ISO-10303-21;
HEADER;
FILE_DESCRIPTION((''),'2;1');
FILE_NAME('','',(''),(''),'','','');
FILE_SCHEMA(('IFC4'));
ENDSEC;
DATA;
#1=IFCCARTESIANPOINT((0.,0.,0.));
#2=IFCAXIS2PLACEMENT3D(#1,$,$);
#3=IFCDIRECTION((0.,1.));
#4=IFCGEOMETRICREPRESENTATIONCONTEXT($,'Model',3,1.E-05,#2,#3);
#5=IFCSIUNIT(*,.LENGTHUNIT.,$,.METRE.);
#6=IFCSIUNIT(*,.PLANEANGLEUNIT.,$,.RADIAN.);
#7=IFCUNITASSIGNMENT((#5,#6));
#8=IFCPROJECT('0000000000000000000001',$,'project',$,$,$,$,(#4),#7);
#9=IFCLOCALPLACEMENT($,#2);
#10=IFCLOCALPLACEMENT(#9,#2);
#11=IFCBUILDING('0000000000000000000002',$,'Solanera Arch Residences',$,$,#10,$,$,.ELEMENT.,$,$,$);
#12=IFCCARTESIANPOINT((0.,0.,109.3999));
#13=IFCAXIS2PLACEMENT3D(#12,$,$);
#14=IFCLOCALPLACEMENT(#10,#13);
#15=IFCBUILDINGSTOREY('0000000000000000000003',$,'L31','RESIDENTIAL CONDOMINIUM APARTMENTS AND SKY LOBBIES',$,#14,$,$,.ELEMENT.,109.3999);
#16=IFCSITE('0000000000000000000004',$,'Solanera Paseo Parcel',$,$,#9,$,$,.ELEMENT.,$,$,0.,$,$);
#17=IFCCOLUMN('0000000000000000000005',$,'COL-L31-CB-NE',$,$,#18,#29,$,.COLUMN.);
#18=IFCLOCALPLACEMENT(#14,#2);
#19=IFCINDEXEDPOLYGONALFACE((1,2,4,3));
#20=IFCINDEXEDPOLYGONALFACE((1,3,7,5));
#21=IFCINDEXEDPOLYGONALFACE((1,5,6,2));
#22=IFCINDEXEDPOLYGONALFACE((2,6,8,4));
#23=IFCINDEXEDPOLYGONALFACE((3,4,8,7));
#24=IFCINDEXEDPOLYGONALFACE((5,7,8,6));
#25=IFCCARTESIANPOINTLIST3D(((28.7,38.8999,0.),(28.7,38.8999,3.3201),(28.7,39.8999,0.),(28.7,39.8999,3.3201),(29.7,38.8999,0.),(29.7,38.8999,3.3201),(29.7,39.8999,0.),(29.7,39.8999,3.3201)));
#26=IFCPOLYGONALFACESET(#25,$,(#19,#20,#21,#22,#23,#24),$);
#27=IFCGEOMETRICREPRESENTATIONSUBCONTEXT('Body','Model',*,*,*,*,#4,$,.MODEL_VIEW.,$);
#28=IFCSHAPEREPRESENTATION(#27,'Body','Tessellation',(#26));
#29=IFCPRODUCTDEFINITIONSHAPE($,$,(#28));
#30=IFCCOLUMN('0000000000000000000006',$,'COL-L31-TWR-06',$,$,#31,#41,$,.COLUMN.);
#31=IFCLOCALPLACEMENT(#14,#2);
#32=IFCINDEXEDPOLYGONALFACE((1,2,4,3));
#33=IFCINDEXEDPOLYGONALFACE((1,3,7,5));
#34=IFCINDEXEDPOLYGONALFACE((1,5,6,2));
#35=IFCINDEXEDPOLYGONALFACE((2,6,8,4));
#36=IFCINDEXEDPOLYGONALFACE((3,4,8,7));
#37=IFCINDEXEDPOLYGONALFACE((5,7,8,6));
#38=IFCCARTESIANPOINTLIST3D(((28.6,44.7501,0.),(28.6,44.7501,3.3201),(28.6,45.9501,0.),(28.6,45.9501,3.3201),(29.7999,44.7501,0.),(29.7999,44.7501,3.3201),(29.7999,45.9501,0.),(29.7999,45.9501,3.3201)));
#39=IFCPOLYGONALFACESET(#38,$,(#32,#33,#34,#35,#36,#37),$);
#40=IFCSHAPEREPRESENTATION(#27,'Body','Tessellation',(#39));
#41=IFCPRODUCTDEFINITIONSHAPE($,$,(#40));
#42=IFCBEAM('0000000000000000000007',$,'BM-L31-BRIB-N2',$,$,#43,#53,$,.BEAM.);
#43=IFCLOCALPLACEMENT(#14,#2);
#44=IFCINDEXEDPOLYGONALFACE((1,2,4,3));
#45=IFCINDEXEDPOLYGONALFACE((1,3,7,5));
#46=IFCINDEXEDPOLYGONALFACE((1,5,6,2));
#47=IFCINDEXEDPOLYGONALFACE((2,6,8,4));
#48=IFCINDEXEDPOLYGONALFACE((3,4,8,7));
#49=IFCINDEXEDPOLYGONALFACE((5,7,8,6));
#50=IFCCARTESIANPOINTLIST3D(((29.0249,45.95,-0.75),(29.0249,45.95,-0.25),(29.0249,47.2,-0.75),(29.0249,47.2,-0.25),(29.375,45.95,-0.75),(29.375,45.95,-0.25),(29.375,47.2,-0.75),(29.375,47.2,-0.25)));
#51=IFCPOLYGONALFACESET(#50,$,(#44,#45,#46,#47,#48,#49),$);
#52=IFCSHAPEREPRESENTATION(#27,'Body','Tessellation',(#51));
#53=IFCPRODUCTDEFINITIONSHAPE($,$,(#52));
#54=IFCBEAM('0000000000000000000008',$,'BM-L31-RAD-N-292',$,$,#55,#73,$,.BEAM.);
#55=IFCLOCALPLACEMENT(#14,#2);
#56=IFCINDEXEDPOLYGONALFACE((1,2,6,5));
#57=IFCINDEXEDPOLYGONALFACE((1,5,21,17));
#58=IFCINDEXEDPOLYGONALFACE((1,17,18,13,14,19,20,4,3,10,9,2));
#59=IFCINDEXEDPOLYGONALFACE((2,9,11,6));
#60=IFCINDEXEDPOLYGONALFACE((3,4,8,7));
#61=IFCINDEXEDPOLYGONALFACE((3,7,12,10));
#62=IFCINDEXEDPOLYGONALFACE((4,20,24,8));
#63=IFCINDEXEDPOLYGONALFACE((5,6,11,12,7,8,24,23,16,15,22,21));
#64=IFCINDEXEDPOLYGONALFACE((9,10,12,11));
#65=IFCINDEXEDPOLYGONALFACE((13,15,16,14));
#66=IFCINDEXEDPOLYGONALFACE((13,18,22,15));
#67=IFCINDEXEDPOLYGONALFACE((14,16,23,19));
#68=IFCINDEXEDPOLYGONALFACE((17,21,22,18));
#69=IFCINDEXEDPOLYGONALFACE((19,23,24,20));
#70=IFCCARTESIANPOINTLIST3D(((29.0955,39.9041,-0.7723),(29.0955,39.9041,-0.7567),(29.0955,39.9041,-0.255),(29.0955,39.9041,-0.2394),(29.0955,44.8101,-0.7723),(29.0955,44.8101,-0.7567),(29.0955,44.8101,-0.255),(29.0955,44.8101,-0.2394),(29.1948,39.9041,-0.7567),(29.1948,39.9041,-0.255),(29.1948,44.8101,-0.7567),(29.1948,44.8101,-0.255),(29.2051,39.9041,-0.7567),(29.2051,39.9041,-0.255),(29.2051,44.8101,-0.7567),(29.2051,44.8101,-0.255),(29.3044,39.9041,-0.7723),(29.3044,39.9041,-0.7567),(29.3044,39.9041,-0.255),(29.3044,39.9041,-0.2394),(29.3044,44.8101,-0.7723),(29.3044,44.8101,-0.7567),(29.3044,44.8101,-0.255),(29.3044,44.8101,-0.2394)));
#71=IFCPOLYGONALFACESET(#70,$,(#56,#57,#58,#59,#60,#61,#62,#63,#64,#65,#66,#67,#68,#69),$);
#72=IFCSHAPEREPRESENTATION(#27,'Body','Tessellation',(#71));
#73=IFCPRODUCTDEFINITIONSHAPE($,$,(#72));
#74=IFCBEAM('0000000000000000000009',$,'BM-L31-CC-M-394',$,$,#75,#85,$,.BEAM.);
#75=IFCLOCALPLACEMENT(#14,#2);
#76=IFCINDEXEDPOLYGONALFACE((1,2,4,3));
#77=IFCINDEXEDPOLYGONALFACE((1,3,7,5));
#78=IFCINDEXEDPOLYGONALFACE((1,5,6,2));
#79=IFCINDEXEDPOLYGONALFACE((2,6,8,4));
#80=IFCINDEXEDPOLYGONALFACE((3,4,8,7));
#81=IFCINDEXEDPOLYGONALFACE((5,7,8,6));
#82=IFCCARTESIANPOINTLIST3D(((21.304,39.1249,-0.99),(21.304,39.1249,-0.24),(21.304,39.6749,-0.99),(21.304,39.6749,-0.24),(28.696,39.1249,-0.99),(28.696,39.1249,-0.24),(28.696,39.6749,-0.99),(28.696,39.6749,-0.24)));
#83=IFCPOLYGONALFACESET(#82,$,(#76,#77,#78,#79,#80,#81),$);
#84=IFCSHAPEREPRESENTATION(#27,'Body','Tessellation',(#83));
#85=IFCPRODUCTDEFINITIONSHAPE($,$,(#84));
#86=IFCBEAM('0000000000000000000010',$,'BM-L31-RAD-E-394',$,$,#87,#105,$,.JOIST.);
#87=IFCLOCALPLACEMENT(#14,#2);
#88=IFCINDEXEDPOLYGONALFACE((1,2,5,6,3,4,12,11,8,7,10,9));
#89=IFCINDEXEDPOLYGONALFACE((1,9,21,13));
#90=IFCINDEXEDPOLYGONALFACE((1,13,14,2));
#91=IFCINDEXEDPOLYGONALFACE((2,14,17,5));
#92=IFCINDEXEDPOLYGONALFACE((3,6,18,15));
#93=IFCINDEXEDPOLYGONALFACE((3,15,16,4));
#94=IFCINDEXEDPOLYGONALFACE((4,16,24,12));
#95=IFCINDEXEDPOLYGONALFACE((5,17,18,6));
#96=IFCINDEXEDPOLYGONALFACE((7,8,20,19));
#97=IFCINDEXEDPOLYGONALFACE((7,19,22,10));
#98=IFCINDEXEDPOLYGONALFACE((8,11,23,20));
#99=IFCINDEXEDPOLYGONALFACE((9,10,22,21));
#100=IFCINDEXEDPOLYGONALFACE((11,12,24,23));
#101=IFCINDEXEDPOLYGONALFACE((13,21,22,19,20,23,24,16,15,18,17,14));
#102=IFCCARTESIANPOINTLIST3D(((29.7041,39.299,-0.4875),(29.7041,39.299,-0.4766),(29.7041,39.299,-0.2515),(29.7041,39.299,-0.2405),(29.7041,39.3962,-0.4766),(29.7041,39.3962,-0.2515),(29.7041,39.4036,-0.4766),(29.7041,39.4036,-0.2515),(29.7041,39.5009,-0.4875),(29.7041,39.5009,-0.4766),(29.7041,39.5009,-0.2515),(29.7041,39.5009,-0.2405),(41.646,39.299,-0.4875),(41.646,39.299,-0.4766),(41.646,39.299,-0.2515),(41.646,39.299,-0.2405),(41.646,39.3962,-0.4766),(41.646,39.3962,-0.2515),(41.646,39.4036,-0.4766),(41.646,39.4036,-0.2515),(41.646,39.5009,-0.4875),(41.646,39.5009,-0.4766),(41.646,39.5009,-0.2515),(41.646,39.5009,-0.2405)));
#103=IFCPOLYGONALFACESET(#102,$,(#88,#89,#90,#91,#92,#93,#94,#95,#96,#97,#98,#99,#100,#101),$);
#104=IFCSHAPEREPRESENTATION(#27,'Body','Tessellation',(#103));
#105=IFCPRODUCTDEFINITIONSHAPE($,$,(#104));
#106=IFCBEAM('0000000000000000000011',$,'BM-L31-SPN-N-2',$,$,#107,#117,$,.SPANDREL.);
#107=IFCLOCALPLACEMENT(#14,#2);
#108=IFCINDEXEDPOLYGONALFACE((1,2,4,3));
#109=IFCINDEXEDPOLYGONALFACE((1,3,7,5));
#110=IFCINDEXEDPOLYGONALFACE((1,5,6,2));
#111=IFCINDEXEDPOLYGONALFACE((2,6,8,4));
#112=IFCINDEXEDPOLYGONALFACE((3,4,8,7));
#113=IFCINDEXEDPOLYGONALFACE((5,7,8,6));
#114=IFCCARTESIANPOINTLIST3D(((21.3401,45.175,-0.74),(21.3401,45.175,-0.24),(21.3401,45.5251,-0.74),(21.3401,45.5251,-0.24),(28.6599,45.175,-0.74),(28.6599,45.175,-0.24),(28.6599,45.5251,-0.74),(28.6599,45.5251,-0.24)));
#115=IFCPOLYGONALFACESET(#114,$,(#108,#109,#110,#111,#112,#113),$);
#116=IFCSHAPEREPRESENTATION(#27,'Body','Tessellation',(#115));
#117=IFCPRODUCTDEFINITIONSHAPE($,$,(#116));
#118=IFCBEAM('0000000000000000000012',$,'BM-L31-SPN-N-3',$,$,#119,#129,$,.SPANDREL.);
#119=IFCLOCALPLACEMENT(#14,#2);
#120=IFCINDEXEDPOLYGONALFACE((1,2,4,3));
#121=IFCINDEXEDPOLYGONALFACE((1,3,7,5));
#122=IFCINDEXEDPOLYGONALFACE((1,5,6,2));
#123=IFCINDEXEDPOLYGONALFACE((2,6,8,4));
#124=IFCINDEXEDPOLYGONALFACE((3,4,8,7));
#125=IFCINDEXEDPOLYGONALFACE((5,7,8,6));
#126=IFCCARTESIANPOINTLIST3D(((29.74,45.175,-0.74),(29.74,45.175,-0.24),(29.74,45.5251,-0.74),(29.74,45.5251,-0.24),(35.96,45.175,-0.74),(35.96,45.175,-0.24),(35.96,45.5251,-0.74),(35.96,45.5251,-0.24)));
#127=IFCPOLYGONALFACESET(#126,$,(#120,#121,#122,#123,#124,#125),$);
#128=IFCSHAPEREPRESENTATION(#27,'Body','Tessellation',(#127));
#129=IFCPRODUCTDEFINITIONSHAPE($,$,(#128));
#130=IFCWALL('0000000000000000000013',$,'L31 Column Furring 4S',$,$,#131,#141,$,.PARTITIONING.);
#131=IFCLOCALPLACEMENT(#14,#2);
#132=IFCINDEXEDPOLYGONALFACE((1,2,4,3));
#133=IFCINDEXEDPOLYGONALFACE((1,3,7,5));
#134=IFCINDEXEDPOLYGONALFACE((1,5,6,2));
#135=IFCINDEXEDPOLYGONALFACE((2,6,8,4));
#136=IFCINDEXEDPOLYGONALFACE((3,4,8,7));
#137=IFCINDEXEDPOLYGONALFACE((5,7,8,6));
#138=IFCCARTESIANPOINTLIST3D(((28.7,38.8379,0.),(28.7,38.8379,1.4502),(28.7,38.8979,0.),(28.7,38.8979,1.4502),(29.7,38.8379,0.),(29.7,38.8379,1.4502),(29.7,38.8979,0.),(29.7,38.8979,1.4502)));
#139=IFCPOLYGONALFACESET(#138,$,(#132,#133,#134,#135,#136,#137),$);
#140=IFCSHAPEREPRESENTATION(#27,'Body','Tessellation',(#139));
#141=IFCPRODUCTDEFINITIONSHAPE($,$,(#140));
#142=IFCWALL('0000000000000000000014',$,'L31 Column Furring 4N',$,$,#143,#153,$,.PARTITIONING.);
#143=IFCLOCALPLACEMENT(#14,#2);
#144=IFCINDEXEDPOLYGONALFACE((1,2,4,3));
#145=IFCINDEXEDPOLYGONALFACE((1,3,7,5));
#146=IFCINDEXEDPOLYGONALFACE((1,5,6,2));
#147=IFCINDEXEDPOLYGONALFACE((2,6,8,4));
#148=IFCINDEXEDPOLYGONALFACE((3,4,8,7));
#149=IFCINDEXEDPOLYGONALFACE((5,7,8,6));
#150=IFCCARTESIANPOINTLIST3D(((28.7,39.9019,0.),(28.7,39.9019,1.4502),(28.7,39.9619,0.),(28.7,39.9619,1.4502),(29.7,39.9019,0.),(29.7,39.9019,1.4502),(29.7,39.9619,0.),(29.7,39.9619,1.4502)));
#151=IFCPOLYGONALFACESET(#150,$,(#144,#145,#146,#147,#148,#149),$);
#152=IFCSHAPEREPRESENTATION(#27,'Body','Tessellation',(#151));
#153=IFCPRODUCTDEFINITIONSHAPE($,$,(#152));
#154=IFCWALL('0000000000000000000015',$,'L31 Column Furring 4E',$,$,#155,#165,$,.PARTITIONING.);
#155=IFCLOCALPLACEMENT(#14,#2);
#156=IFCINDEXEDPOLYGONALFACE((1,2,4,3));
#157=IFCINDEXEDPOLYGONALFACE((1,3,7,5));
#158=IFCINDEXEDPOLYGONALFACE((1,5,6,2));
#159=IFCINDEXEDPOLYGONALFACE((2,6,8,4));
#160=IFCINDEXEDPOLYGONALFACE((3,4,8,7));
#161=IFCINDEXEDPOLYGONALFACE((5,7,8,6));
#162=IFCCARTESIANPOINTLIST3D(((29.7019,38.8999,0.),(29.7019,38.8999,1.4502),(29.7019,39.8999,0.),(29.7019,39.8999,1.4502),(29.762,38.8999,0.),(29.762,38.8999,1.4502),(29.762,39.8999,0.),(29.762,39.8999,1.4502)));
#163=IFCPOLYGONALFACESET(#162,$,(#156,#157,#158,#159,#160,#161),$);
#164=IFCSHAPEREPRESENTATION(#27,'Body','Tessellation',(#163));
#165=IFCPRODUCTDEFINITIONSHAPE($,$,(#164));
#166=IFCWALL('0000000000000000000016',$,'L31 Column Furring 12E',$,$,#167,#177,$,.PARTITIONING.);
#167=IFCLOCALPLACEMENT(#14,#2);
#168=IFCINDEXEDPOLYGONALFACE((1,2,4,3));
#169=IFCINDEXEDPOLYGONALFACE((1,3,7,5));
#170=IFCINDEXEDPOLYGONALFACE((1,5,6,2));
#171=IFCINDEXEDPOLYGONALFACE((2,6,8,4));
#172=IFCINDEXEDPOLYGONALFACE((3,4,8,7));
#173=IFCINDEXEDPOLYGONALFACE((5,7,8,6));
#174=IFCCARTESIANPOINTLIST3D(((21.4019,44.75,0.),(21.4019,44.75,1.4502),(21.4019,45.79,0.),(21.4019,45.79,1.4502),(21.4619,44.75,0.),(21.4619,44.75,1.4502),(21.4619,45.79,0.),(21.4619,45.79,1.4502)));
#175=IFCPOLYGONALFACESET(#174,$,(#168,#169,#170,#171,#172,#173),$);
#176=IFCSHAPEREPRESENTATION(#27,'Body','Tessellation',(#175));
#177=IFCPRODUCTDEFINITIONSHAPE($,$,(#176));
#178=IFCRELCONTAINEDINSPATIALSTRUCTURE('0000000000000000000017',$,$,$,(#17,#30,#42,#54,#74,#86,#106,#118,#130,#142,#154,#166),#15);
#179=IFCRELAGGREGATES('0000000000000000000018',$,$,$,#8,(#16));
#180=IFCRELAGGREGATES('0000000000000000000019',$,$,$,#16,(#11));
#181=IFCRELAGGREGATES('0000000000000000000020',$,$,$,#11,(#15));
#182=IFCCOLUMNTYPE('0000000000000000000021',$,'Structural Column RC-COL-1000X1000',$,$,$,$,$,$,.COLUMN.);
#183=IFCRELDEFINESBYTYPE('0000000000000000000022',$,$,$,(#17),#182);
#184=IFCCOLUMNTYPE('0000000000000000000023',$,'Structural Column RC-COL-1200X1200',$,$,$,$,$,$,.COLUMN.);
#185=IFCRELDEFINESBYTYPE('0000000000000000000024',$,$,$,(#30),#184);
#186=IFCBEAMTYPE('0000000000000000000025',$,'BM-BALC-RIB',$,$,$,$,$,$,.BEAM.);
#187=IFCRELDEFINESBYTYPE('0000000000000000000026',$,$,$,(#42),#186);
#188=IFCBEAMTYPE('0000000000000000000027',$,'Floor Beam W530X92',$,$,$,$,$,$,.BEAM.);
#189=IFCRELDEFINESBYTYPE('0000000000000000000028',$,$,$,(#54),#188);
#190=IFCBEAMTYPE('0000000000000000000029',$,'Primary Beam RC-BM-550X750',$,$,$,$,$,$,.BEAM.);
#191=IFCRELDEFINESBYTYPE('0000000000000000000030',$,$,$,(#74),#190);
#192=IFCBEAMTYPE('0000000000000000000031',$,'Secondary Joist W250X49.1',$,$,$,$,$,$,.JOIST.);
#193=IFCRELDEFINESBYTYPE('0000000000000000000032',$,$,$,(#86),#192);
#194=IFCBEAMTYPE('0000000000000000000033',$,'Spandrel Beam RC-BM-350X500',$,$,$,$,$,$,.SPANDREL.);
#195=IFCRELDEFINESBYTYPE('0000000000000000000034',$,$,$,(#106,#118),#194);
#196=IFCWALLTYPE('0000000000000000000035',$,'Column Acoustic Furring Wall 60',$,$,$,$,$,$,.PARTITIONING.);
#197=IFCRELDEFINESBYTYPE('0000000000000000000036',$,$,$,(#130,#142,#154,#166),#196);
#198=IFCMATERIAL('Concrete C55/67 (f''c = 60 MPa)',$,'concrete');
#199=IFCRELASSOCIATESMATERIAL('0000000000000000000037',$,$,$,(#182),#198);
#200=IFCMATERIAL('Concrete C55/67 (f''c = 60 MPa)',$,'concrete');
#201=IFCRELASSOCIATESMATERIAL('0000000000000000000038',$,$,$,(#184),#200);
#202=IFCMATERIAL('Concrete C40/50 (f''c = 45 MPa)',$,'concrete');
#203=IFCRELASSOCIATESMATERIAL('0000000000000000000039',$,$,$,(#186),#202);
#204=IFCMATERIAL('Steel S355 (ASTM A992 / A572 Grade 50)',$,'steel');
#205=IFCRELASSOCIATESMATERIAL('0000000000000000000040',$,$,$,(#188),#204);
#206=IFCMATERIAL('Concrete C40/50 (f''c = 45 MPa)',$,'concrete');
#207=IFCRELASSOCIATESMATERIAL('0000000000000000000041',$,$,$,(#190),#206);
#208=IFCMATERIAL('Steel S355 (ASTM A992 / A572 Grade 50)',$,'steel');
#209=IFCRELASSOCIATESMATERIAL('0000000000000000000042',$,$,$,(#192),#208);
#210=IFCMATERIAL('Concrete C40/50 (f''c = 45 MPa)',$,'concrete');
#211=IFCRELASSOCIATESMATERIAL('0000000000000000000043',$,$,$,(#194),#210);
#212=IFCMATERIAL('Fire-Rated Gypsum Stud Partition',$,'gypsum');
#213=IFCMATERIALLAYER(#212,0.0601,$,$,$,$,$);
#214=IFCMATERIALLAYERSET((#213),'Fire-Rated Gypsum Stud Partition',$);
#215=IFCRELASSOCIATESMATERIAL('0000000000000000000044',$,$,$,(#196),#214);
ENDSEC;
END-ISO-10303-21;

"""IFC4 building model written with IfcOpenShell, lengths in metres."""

from ifc_helpers import new_model, si_unit, direction, frame, frame_2d, origin, origin_2d, place, context, subcontext, project, spatial, rectangle, i_section, extrude, material, layer, layer_set, material_profile, profile_set, type_object, element, save


model = new_model("IFC4")

# Units and contexts
model_context = context("Model", 3, precision=1e-05, world=origin(), true_north=direction((0.0, 1.0)))
body_context = subcontext(model_context, "Body", "Model", "MODEL_VIEW")
ifc_project = project(units=[si_unit("LENGTHUNIT", "METRE"), si_unit("PLANEANGLEUNIT", "RADIAN")], contexts=[model_context])

# Site, building, storey
site_placement = place(None, origin())
site = spatial("IfcSite", under=ifc_project, at=site_placement, Name="Solanera Paseo Parcel", CompositionType="ELEMENT", RefElevation=0.0)
building_placement = place(site_placement, origin())
building = spatial("IfcBuilding", under=site, at=building_placement, Name="Solanera Arch Residences", CompositionType="ELEMENT")
storey_placement = place(building_placement, frame((0.0, 0.0, 109.3999)))
storey = spatial("IfcBuildingStorey", under=building, at=storey_placement, Name="L31", Description="RESIDENTIAL CONDOMINIUM APARTMENTS AND SKY LOBBIES", CompositionType="ELEMENT", Elevation=109.3999)

# Columns
ifc_material_1 = material(Name="Concrete C55/67 (f'c = 60 MPa)", Category="concrete")
ifc_material_profile_1 = material_profile(ifc_material_1, rectangle(XDim=1.0, YDim=1.0, at=origin_2d()))
ifc_profile_set_1 = profile_set([ifc_material_profile_1], Name="Concrete C55/67 (f'c = 60 MPa)")
column_type_1 = type_object("IfcColumnType", Name="Structural Column RC-COL-1000X1000", PredefinedType="COLUMN", material=ifc_profile_set_1)
column_1_placement = place(storey_placement, frame((29.2, 39.3999, 0.0), z_axis=(0.0, 0.0, 1.0), x_axis=(1.0, 0.0, 0.0)))
element("IfcColumn", 1, at=column_1_placement, inside=storey, type_object=column_type_1, Name="COL-L31-CB-NE", PredefinedType="COLUMN", context=body_context, shape_type="SweptSolid", body=[
    extrude(rectangle(XDim=1.0, YDim=1.0, at=origin_2d()), origin(), (0.0, 0.0, 1.0), 3.3201),
])
ifc_material_2 = material(Name="Concrete C55/67 (f'c = 60 MPa)", Category="concrete")
ifc_material_profile_2 = material_profile(ifc_material_2, rectangle(XDim=1.2, YDim=1.2, at=origin_2d()))
ifc_profile_set_2 = profile_set([ifc_material_profile_2], Name="Concrete C55/67 (f'c = 60 MPa)")
column_type_2 = type_object("IfcColumnType", Name="Structural Column RC-COL-1200X1200", PredefinedType="COLUMN", material=ifc_profile_set_2)
column_2_placement = place(storey_placement, frame((29.2, 45.3501, 0.0), z_axis=(0.0, 0.0, 1.0), x_axis=(1.0, 0.0, 0.0)))
element("IfcColumn", 2, at=column_2_placement, inside=storey, type_object=column_type_2, Name="COL-L31-TWR-06", PredefinedType="COLUMN", context=body_context, shape_type="SweptSolid", body=[
    extrude(rectangle(XDim=1.2, YDim=1.2, at=origin_2d()), origin(), (0.0, 0.0, 1.0), 3.3201),
])

# Beams
ifc_material_3 = material(Name="Concrete C40/50 (f'c = 45 MPa)", Category="concrete")
ifc_material_profile_3 = material_profile(ifc_material_3, rectangle(XDim=0.3501, YDim=0.5, at=origin_2d()))
ifc_profile_set_3 = profile_set([ifc_material_profile_3], Name="Concrete C40/50 (f'c = 45 MPa)")
beam_type_1 = type_object("IfcBeamType", Name="BM-BALC-RIB", PredefinedType="BEAM", material=ifc_profile_set_3)
beam_1_placement = place(storey_placement, frame((29.2, 45.95, -0.5), z_axis=(0.0, 1.0, 0.0), x_axis=(-1.0, 0.0, 0.0)))
element("IfcBeam", 3, at=beam_1_placement, inside=storey, type_object=beam_type_1, Name="BM-L31-BRIB-N2", PredefinedType="BEAM", context=body_context, shape_type="SweptSolid", body=[
    extrude(rectangle(XDim=0.3501, YDim=0.5, at=origin_2d()), origin(), (0.0, 0.0, 1.0), 1.25),
])
ifc_material_4 = material(Name="Steel S355 (ASTM A992 / A572 Grade 50)", Category="steel")
ifc_material_profile_4 = material_profile(ifc_material_4, i_section(OverallWidth=0.209, OverallDepth=0.533, WebThickness=0.0103, FlangeThickness=0.0156, at=origin_2d()))
ifc_profile_set_4 = profile_set([ifc_material_profile_4], Name="Steel S355 (ASTM A992 / A572 Grade 50)")
beam_type_2 = type_object("IfcBeamType", Name="Floor Beam W530X92", PredefinedType="BEAM", material=ifc_profile_set_4)
beam_2_placement = place(storey_placement, frame((29.2, 39.9041, -0.5059), z_axis=(0.0, 1.0, 0.0), x_axis=(-1.0, 0.0, 0.0)))
element("IfcBeam", 4, at=beam_2_placement, inside=storey, type_object=beam_type_2, Name="BM-L31-RAD-N-292", PredefinedType="BEAM", context=body_context, shape_type="SweptSolid", body=[
    extrude(i_section(OverallWidth=0.209, OverallDepth=0.533, WebThickness=0.0103, FlangeThickness=0.0156, at=origin_2d()), origin(), (0.0, 0.0, 1.0), 4.906),
])
ifc_material_5 = material(Name="Concrete C40/50 (f'c = 45 MPa)", Category="concrete")
ifc_material_profile_5 = material_profile(ifc_material_5, rectangle(XDim=0.55, YDim=0.75, at=origin_2d()))
ifc_profile_set_5 = profile_set([ifc_material_profile_5], Name="Concrete C40/50 (f'c = 45 MPa)")
beam_type_3 = type_object("IfcBeamType", Name="Primary Beam RC-BM-550X750", PredefinedType="BEAM", material=ifc_profile_set_5)
beam_3_placement = place(storey_placement, frame((21.304, 39.3999, -0.615), z_axis=(1.0, 0.0, 0.0), x_axis=(0.0, 1.0, 0.0)))
element("IfcBeam", 5, at=beam_3_placement, inside=storey, type_object=beam_type_3, Name="BM-L31-CC-M-394", PredefinedType="BEAM", context=body_context, shape_type="SweptSolid", body=[
    extrude(rectangle(XDim=0.55, YDim=0.75, at=origin_2d()), origin(), (0.0, 0.0, 1.0), 7.3921),
])
ifc_material_6 = material(Name="Steel S355 (ASTM A992 / A572 Grade 50)", Category="steel")
ifc_material_profile_6 = material_profile(ifc_material_6, i_section(OverallWidth=0.2019, OverallDepth=0.2471, WebThickness=0.0073, FlangeThickness=0.011, at=origin_2d()))
ifc_profile_set_6 = profile_set([ifc_material_profile_6], Name="Steel S355 (ASTM A992 / A572 Grade 50)")
beam_type_4 = type_object("IfcBeamType", Name="Secondary Joist W250X49.1", PredefinedType="JOIST", material=ifc_profile_set_6)
beam_4_placement = place(storey_placement, frame((29.7041, 39.3999, -0.364), z_axis=(1.0, 0.0, 0.0), x_axis=(0.0, 1.0, 0.0)))
element("IfcBeam", 6, at=beam_4_placement, inside=storey, type_object=beam_type_4, Name="BM-L31-RAD-E-394", PredefinedType="JOIST", context=body_context, shape_type="SweptSolid", body=[
    extrude(i_section(OverallWidth=0.2019, OverallDepth=0.2471, WebThickness=0.0073, FlangeThickness=0.011, at=origin_2d()), origin(), (0.0, 0.0, 1.0), 11.9419),
])
ifc_material_7 = material(Name="Concrete C40/50 (f'c = 45 MPa)", Category="concrete")
ifc_material_profile_7 = material_profile(ifc_material_7, rectangle(XDim=0.3501, YDim=0.5, at=origin_2d()))
ifc_profile_set_7 = profile_set([ifc_material_profile_7], Name="Concrete C40/50 (f'c = 45 MPa)")
beam_type_5 = type_object("IfcBeamType", Name="Spandrel Beam RC-BM-350X500", PredefinedType="SPANDREL", material=ifc_profile_set_7)
beam_5_placement = place(storey_placement, frame((21.3401, 45.3501, -0.49), z_axis=(1.0, 0.0, 0.0), x_axis=(0.0, 1.0, 0.0)))
element("IfcBeam", 7, at=beam_5_placement, inside=storey, type_object=beam_type_5, Name="BM-L31-SPN-N-2", PredefinedType="SPANDREL", context=body_context, shape_type="SweptSolid", body=[
    extrude(rectangle(XDim=0.3501, YDim=0.5, at=origin_2d()), origin(), (0.0, 0.0, 1.0), 7.3198),
])
beam_6_placement = place(storey_placement, frame((29.74, 45.3501, -0.49), z_axis=(1.0, 0.0, 0.0), x_axis=(0.0, 1.0, 0.0)))
element("IfcBeam", 8, at=beam_6_placement, inside=storey, type_object=beam_type_5, Name="BM-L31-SPN-N-3", PredefinedType="SPANDREL", context=body_context, shape_type="SweptSolid", body=[
    extrude(rectangle(XDim=0.3501, YDim=0.5, at=origin_2d()), origin(), (0.0, 0.0, 1.0), 6.22),
])

# Walls
ifc_material_8 = material(Name="Fire-Rated Gypsum Stud Partition", Category="gypsum")
ifc_layer_1 = layer(ifc_material_8, 0.0601)
ifc_layer_set_1 = layer_set([ifc_layer_1], Name="Fire-Rated Gypsum Stud Partition")
wall_type_1 = type_object("IfcWallType", Name="Column Acoustic Furring Wall 60", PredefinedType="PARTITIONING", material=ifc_layer_set_1)
for number, where, z_axis, x_axis, name in (
    (9, (28.7, 38.8679, 0.0), (0.0, 0.0, 1.0), (1.0, 0.0, 0.0), "L31 Column Furring 4S"),
    (10, (28.7, 39.9319, 0.0), (0.0, 0.0, 1.0), (1.0, 0.0, 0.0), "L31 Column Furring 4N"),
    (11, (29.7319, 38.8999, 0.0), (0.0, 0.0, 1.0), (0.0, 1.0, 0.0), "L31 Column Furring 4E"),
):
    element("IfcWall", number, at=place(storey_placement, frame(where, z_axis=z_axis, x_axis=x_axis)), inside=storey, type_object=wall_type_1, Name=name, PredefinedType="PARTITIONING", context=body_context, shape_type="SweptSolid", body=[
        extrude(rectangle(XDim=1.0, YDim=0.0601, at=frame_2d((0.5, 0.0))), origin(), (0.0, 0.0, 1.0), 1.4502),
    ])
wall_1_placement = place(storey_placement, frame((21.4319, 44.75, 0.0), z_axis=(0.0, 0.0, 1.0), x_axis=(0.0, 1.0, 0.0)))
element("IfcWall", 12, at=wall_1_placement, inside=storey, type_object=wall_type_1, Name="L31 Column Furring 12E", PredefinedType="PARTITIONING", context=body_context, shape_type="SweptSolid", body=[
    extrude(rectangle(XDim=1.04, YDim=0.0601, at=frame_2d((0.52, 0.0))), origin(), (0.0, 0.0, 1.0), 1.4502),
])

save(model, "model.ifc")
